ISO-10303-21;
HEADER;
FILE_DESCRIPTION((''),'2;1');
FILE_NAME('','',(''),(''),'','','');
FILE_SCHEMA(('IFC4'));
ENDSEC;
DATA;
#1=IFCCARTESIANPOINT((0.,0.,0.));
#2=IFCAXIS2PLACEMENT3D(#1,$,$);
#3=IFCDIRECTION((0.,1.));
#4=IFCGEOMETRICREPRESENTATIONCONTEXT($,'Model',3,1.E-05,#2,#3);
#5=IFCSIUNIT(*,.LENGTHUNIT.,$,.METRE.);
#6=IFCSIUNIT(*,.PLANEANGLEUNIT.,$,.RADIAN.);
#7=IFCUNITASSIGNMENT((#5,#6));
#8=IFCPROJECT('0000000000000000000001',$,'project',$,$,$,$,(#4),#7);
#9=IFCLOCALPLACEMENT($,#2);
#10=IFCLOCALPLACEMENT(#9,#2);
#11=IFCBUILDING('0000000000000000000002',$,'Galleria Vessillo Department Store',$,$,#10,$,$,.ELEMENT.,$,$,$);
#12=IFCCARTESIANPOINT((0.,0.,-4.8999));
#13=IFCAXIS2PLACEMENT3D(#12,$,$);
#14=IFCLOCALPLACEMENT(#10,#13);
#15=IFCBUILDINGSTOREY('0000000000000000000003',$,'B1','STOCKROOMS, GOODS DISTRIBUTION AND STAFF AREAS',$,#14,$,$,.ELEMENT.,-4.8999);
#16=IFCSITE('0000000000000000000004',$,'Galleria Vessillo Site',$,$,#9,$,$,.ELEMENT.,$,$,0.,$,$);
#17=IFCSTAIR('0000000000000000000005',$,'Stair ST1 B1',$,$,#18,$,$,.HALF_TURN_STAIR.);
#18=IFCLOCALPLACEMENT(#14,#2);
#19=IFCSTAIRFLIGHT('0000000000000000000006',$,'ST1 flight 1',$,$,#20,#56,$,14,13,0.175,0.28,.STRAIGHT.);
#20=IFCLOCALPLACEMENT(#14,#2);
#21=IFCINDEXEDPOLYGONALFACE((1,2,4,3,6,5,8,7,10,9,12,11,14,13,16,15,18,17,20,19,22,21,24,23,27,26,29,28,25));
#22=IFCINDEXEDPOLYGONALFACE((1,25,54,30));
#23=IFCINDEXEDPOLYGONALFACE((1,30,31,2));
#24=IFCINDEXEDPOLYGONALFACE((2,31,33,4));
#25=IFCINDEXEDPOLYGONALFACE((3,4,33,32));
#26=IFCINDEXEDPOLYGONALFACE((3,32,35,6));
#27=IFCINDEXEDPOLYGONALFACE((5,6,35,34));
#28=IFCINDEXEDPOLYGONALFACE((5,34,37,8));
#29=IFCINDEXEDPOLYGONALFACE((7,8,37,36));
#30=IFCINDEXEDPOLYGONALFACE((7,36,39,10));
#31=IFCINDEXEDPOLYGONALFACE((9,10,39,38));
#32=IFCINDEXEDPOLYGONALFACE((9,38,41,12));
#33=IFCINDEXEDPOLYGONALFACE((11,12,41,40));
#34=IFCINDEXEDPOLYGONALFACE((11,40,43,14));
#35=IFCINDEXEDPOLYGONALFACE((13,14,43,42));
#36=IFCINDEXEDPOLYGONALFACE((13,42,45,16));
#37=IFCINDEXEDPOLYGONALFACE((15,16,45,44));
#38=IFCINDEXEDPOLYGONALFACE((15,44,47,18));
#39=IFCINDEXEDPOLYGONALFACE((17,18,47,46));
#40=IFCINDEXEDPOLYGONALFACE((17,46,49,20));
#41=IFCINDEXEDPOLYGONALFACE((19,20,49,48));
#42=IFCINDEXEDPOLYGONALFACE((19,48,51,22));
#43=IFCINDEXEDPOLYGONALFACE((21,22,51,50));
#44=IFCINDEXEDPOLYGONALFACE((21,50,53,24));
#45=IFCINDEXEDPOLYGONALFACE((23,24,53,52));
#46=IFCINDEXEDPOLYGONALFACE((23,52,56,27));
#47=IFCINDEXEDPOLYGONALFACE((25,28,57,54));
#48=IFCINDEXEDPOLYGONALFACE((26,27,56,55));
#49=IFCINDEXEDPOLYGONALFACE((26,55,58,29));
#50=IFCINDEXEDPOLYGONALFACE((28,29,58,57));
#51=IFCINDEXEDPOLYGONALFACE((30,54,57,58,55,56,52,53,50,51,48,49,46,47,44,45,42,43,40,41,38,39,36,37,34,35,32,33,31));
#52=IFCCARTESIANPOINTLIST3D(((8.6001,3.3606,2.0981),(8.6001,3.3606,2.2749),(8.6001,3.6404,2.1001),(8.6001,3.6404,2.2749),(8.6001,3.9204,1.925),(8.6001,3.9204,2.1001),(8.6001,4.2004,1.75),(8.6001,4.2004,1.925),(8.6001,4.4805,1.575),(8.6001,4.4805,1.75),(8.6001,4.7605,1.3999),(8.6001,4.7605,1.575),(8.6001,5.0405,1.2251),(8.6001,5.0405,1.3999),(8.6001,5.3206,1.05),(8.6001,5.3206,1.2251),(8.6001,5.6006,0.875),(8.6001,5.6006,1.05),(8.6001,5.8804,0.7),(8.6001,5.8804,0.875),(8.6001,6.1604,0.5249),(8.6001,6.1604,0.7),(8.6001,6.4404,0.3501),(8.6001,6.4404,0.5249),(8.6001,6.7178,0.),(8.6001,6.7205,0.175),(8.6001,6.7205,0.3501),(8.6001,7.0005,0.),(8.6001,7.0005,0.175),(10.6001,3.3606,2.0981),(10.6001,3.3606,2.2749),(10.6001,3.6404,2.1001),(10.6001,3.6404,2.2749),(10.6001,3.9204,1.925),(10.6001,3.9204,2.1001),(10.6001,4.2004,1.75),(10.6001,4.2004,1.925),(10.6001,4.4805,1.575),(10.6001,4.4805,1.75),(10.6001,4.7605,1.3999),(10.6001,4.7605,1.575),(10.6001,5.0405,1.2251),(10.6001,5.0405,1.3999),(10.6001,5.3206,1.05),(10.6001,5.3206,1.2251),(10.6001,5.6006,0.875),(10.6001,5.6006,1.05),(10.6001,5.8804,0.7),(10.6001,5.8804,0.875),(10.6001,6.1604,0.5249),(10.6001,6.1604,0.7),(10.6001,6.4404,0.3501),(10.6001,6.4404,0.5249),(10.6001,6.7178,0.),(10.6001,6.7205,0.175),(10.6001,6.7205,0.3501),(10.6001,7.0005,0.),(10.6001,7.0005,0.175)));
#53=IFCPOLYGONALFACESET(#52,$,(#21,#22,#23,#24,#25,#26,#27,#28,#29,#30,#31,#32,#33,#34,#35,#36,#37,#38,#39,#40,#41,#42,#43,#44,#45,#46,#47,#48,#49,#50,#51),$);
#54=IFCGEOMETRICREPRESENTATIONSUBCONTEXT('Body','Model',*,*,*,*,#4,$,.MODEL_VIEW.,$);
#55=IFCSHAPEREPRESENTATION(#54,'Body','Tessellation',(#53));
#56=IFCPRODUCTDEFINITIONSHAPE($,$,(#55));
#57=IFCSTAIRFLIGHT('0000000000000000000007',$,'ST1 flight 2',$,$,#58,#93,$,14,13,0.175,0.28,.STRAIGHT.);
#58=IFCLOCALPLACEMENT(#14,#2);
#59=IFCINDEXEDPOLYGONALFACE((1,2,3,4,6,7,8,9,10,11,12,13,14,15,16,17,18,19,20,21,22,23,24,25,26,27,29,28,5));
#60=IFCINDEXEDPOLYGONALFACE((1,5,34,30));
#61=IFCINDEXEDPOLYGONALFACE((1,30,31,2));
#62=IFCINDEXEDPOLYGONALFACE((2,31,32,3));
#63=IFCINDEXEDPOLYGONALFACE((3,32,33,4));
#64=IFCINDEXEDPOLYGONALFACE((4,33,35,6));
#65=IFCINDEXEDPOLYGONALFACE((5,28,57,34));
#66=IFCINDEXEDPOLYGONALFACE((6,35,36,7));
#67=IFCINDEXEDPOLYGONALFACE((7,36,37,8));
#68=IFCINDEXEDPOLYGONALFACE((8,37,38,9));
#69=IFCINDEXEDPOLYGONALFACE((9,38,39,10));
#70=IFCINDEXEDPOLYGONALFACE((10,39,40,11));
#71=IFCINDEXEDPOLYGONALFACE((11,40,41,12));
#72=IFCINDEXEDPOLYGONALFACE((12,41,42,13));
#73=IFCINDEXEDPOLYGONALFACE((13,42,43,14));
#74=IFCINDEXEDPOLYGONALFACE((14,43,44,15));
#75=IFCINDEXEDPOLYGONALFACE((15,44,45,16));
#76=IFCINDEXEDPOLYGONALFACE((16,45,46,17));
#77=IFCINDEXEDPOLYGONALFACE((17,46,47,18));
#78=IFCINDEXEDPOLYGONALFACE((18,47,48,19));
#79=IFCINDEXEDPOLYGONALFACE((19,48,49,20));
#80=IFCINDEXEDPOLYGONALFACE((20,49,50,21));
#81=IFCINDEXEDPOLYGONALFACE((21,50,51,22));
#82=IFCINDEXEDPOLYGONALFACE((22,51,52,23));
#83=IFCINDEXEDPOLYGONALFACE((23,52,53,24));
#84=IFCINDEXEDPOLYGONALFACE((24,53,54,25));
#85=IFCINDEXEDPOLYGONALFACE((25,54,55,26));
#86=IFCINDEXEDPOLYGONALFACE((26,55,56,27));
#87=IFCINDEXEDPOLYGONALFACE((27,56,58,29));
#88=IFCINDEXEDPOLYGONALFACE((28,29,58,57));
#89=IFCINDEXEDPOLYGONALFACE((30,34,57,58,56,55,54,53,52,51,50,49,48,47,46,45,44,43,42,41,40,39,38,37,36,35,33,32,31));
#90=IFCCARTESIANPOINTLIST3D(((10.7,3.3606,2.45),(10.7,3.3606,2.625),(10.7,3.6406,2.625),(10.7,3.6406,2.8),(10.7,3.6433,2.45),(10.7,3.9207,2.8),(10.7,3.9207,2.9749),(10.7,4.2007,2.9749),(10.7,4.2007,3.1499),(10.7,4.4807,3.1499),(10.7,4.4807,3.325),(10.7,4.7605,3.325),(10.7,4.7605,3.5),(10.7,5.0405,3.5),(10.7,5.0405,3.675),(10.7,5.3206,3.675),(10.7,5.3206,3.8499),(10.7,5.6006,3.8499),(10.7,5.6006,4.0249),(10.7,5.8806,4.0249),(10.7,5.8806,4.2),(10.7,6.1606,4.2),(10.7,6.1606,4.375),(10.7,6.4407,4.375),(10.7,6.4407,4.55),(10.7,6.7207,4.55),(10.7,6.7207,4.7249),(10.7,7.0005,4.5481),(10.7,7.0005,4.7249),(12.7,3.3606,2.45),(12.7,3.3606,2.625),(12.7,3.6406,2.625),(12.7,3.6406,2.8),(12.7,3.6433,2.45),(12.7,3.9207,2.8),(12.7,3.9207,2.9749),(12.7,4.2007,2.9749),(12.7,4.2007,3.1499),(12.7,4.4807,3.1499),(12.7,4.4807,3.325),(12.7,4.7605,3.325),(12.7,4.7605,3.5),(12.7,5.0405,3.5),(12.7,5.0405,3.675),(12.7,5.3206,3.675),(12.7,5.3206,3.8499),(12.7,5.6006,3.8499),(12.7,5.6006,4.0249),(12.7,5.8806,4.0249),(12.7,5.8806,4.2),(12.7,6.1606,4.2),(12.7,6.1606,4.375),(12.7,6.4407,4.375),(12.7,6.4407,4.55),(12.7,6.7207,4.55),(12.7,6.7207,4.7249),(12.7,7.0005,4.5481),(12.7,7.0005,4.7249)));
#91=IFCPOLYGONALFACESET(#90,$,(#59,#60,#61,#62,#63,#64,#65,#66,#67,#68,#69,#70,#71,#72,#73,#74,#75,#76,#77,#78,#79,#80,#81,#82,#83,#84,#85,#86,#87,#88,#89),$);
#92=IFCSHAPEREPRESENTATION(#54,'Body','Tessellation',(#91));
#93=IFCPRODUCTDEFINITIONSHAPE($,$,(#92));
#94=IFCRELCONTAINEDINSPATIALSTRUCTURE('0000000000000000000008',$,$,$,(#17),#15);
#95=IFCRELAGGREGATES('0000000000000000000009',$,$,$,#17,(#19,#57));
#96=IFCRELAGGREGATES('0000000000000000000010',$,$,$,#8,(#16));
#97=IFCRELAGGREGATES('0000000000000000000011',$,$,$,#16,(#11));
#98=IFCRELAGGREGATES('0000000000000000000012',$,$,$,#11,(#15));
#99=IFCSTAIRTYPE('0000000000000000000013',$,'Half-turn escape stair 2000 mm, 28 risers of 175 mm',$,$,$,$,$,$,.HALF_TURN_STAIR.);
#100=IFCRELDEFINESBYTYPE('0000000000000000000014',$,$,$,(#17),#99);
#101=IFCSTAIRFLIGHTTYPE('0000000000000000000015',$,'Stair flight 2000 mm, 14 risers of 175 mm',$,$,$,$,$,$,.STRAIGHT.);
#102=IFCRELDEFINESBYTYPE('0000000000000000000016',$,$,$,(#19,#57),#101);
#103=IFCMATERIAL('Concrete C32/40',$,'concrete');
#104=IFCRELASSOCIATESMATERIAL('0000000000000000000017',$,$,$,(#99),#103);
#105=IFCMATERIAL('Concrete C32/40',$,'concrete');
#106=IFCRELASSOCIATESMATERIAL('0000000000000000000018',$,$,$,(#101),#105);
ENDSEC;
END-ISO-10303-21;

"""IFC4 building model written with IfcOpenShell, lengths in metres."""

from ifc_helpers import new_model, si_unit, direction, frame, origin, place, context, subcontext, project, spatial, polyline, outline, extrude, material, type_object, element, aggregate, save


model = new_model("IFC4")

# Units and contexts
model_context = context("Model", 3, precision=1e-05, world=origin(), true_north=direction((0.0, 1.0)))
body_context = subcontext(model_context, "Body", "Model", "MODEL_VIEW")
ifc_project = project(units=[si_unit("LENGTHUNIT", "METRE"), si_unit("PLANEANGLEUNIT", "RADIAN")], contexts=[model_context])

# Site, building, storey
site_placement = place(None, origin())
site = spatial("IfcSite", under=ifc_project, at=site_placement, Name="Galleria Vessillo Site", CompositionType="ELEMENT", RefElevation=0.0)
building_placement = place(site_placement, origin())
building = spatial("IfcBuilding", under=site, at=building_placement, Name="Galleria Vessillo Department Store", CompositionType="ELEMENT")
storey_placement = place(building_placement, frame((0.0, 0.0, -4.8999)))
storey = spatial("IfcBuildingStorey", under=building, at=storey_placement, Name="B1", Description="STOCKROOMS, GOODS DISTRIBUTION AND STAFF AREAS", CompositionType="ELEMENT", Elevation=-4.8999)

# Stair, stair flights
ifc_material_1 = material(Name="Concrete C32/40", Category="concrete")
stair_type = type_object("IfcStairType", Name="Half-turn escape stair 2000 mm, 28 risers of 175 mm", PredefinedType="HALF_TURN_STAIR", material=ifc_material_1)
stair_placement = place(storey_placement, origin())
stair = element("IfcStair", 1, at=stair_placement, inside=storey, type_object=stair_type, Name="Stair ST1 B1", PredefinedType="HALF_TURN_STAIR")
ifc_material_2 = material(Name="Concrete C32/40", Category="concrete")
stair_flight_type = type_object("IfcStairFlightType", Name="Stair flight 2000 mm, 14 risers of 175 mm", PredefinedType="STRAIGHT", material=ifc_material_2)
stair_flight_1_placement = place(storey_placement, frame((9.6001, 7.0005, 0.0), z_axis=(0.0, 0.0, 1.0), x_axis=(0.0, -1.0, 0.0)))
stair_flight_1 = element("IfcStairFlight", 2, at=stair_flight_1_placement, type_object=stair_flight_type, Name="ST1 flight 1", NumberOfRisers=14, NumberOfTreads=13, PredefinedType="STRAIGHT", RiserHeight=0.175, TreadLength=0.28, context=body_context, shape_type="SweptSolid", body=[
    extrude(outline(polyline([(0.0, 0.0), (0.0, 0.175), (0.28, 0.175), (0.28, 0.3501), (0.5601, 0.3501), (0.5601, 0.5249), (0.8401, 0.5249), (0.8401, 0.7), (1.1201, 0.7), (1.1201, 0.875), (1.3999, 0.875), (1.3999, 1.05), (1.6799, 1.05), (1.6799, 1.2251), (1.96, 1.2251), (1.96, 1.3999), (2.24, 1.3999), (2.24, 1.575), (2.52, 1.575), (2.52, 1.75), (2.8, 1.75), (2.8, 1.925), (3.0801, 1.925), (3.0801, 2.1001), (3.3601, 2.1001), (3.3601, 2.2749), (3.6399, 2.2749), (3.6399, 2.45), (3.6399, 2.0981), (0.2827, 0.0), (0.0, 0.0)])), frame((0.0, 1.0, 0.0), z_axis=(0.0, -1.0, 0.0), x_axis=(1.0, 0.0, 0.0)), (0.0, 0.0, 1.0), 2.0),
])
stair_flight_2_placement = place(storey_placement, frame((11.7, 3.3606, 2.45), z_axis=(0.0, 0.0, 1.0), x_axis=(0.0, 1.0, 0.0)))
stair_flight_2 = element("IfcStairFlight", 3, at=stair_flight_2_placement, type_object=stair_flight_type, Name="ST1 flight 2", NumberOfRisers=14, NumberOfTreads=13, PredefinedType="STRAIGHT", RiserHeight=0.175, TreadLength=0.28, context=body_context, shape_type="SweptSolid", body=[
    extrude(outline(polyline([(0.0, 0.0), (0.0, 0.175), (0.28, 0.175), (0.28, 0.3501), (0.5601, 0.3501), (0.5601, 0.5249), (0.8401, 0.5249), (0.8401, 0.7), (1.1201, 0.7), (1.1201, 0.875), (1.3999, 0.875), (1.3999, 1.05), (1.6799, 1.05), (1.6799, 1.2251), (1.96, 1.2251), (1.96, 1.3999), (2.24, 1.3999), (2.24, 1.575), (2.52, 1.575), (2.52, 1.75), (2.8, 1.75), (2.8, 1.925), (3.0801, 1.925), (3.0801, 2.1001), (3.3601, 2.1001), (3.3601, 2.2749), (3.6399, 2.2749), (3.6399, 2.45), (3.6399, 2.0981), (0.2827, 0.0), (0.0, 0.0)])), frame((0.0, 1.0, 0.0), z_axis=(0.0, -1.0, 0.0), x_axis=(1.0, 0.0, 0.0)), (0.0, 0.0, 1.0), 2.0),
])
aggregate(stair, [stair_flight_1, stair_flight_2])

save(model, "model.ifc")
